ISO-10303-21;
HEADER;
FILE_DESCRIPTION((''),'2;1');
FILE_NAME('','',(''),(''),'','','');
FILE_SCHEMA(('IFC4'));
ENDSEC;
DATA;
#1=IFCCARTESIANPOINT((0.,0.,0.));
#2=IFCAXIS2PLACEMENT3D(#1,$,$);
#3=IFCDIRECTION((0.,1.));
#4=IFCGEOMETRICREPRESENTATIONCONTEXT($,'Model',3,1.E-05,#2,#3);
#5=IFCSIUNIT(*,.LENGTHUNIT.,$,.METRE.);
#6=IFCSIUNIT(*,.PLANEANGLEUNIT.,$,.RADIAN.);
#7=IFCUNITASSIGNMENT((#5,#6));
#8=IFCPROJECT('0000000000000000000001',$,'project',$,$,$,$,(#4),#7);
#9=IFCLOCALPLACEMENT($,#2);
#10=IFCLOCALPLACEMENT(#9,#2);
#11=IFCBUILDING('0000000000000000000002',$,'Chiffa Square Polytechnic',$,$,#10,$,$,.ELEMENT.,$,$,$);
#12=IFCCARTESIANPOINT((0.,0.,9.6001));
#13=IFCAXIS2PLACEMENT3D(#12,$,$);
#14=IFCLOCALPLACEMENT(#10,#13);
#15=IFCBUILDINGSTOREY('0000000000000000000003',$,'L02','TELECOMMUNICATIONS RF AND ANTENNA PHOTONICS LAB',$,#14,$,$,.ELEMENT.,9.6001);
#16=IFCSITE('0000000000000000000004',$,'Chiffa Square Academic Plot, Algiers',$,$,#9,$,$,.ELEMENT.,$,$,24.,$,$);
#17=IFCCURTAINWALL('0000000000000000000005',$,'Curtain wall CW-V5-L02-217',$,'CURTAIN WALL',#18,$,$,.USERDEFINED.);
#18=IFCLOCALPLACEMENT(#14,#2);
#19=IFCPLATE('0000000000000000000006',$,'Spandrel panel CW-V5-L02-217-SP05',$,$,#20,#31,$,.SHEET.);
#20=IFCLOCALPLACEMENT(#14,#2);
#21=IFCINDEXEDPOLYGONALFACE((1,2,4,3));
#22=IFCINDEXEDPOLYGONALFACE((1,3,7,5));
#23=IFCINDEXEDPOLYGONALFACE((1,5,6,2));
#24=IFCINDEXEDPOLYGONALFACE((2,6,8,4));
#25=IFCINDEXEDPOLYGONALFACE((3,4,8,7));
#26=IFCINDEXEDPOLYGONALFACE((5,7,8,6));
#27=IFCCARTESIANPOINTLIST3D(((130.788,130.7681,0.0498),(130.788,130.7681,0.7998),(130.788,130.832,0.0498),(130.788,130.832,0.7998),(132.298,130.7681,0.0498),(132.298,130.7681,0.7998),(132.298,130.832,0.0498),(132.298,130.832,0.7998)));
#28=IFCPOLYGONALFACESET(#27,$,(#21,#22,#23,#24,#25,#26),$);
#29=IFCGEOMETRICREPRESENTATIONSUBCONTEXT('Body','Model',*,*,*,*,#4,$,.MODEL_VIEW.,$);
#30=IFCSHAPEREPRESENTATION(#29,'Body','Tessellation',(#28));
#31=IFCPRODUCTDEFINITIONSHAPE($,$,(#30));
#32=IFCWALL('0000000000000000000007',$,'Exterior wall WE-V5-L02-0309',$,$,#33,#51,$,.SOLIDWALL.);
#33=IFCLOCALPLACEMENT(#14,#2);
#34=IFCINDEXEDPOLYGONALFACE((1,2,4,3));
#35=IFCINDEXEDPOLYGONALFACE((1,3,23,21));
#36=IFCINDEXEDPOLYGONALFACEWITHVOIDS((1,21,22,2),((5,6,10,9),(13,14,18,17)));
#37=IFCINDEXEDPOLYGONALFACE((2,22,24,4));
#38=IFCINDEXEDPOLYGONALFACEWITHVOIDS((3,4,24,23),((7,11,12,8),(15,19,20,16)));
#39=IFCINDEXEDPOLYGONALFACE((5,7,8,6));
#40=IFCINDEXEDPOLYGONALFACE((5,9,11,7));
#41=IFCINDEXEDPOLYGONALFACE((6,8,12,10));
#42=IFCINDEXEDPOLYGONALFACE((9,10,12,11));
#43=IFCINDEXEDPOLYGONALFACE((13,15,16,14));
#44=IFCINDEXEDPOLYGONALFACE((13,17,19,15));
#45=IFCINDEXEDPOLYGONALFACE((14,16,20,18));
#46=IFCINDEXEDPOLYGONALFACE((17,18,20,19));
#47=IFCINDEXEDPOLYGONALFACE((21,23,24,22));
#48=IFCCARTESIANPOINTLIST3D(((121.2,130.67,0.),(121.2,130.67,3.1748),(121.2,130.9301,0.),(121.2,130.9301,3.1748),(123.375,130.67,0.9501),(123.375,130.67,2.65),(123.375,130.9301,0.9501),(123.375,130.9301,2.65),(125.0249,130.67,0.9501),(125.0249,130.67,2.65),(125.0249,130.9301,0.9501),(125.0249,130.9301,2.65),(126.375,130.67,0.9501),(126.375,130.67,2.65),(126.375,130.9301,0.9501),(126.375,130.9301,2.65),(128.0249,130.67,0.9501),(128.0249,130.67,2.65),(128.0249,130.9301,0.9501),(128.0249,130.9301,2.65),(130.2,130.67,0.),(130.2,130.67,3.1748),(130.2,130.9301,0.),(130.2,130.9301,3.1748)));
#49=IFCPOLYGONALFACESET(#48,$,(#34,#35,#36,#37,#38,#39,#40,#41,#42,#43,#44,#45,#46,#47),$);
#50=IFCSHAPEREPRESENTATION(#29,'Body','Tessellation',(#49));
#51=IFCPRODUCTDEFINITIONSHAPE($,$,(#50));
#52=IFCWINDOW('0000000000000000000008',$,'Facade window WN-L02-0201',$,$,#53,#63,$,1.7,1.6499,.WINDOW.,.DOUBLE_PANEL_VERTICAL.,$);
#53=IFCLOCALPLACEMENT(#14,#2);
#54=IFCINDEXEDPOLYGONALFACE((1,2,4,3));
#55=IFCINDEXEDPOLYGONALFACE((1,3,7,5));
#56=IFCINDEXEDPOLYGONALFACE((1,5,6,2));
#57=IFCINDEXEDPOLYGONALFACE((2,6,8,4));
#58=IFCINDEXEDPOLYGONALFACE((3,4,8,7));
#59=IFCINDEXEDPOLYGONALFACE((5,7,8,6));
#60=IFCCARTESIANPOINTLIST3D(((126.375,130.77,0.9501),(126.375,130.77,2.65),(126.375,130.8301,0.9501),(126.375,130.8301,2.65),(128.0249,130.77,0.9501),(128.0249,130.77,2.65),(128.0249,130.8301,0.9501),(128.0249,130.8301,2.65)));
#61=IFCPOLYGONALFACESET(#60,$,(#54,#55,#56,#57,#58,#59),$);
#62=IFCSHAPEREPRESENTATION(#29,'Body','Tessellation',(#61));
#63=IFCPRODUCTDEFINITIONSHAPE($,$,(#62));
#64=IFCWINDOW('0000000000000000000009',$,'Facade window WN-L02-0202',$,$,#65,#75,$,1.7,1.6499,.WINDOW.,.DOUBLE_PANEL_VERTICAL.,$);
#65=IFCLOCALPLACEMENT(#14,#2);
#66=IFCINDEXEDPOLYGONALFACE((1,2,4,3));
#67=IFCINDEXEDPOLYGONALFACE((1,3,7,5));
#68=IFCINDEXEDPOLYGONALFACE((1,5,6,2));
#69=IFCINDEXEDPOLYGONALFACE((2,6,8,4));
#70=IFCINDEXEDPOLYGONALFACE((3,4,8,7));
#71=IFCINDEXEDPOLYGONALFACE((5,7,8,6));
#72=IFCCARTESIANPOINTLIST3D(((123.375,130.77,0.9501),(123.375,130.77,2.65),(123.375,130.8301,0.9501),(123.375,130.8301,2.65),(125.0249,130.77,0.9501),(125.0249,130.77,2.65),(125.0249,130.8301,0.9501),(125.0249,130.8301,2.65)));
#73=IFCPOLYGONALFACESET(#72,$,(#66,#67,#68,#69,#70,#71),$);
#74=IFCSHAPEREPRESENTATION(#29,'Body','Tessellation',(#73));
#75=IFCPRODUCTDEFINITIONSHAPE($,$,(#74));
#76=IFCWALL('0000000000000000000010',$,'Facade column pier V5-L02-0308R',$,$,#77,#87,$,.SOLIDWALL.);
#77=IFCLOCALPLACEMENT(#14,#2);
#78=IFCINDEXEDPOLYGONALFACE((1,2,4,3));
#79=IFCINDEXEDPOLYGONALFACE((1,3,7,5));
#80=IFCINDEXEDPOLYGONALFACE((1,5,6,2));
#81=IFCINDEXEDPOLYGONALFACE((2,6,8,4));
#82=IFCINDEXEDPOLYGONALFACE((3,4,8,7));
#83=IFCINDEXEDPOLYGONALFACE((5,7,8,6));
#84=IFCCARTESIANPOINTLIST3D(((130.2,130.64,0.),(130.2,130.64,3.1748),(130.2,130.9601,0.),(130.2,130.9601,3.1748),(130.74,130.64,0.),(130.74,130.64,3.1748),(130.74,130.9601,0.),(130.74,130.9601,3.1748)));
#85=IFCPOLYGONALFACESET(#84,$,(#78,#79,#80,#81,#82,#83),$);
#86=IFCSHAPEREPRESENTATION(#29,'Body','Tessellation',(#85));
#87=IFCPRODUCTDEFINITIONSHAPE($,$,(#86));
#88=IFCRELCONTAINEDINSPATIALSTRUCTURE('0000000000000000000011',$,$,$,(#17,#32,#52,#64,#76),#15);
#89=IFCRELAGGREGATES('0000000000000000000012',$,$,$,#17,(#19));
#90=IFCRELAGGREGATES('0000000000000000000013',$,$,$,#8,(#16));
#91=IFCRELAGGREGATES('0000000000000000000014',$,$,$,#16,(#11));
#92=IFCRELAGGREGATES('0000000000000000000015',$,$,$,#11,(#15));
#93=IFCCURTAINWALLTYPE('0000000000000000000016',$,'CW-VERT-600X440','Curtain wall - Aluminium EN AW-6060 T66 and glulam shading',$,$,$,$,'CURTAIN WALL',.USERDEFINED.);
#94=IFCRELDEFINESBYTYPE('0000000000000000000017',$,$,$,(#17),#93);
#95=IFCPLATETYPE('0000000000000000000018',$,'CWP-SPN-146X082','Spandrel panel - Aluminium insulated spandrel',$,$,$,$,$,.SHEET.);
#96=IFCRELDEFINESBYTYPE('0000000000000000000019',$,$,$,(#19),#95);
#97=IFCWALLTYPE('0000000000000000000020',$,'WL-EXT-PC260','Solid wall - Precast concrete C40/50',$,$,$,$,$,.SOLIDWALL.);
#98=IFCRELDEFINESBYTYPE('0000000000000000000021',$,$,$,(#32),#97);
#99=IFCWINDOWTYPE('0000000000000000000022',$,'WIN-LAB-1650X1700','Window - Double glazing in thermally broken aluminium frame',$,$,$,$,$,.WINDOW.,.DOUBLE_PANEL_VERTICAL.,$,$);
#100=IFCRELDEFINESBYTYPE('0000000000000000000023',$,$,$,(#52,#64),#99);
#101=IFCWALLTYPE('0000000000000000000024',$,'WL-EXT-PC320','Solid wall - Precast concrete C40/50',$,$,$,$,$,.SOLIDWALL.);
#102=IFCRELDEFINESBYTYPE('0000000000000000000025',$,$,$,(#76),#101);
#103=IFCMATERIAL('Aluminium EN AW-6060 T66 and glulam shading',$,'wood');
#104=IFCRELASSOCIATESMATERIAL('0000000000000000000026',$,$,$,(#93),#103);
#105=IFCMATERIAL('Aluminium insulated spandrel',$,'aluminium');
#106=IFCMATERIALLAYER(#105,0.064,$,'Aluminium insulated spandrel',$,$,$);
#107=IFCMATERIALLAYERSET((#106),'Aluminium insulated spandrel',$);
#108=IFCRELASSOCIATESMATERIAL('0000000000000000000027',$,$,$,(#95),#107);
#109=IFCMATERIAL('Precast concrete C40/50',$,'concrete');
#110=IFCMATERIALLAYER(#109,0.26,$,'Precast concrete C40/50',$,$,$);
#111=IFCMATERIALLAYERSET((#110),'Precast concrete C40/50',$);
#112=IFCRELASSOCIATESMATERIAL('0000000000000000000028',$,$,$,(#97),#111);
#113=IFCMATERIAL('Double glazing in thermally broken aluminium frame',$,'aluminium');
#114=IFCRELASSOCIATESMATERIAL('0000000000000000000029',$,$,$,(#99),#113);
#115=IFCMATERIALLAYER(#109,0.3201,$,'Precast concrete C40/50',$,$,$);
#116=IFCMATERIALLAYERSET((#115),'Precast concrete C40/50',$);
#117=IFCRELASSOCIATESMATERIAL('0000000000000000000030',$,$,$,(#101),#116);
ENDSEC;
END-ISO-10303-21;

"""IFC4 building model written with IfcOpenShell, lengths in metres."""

from ifc_helpers import new_model, si_unit, direction, frame, frame_2d, origin, origin_2d, place, context, subcontext, project, spatial, rectangle, extrude, material, layer, layer_set, type_object, element, fill, aggregate, save


model = new_model("IFC4")

# Units and contexts
model_context = context("Model", 3, precision=1e-05, world=origin(), true_north=direction((0.0, 1.0)))
body_context = subcontext(model_context, "Body", "Model", "MODEL_VIEW")
ifc_project = project(units=[si_unit("LENGTHUNIT", "METRE"), si_unit("PLANEANGLEUNIT", "RADIAN")], contexts=[model_context])

# Site, building, storey
site_placement = place(None, origin())
site = spatial("IfcSite", under=ifc_project, at=site_placement, Name="Chiffa Square Academic Plot, Algiers", CompositionType="ELEMENT", RefElevation=24.0)
building_placement = place(site_placement, origin())
building = spatial("IfcBuilding", under=site, at=building_placement, Name="Chiffa Square Polytechnic", CompositionType="ELEMENT")
storey_placement = place(building_placement, frame((0.0, 0.0, 9.6001)))
storey = spatial("IfcBuildingStorey", under=building, at=storey_placement, Name="L02", Description="TELECOMMUNICATIONS RF AND ANTENNA PHOTONICS LAB", CompositionType="ELEMENT", Elevation=9.6001)

# Curtain wall, plate
ifc_material_1 = material(Name="Aluminium EN AW-6060 T66 and glulam shading", Category="wood")
curtain_wall_type = type_object("IfcCurtainWallType", Name="CW-VERT-600X440", Description="Curtain wall - Aluminium EN AW-6060 T66 and glulam shading", ElementType="CURTAIN WALL", PredefinedType="USERDEFINED", material=ifc_material_1)
curtain_wall_placement = place(storey_placement, origin())
curtain_wall = element("IfcCurtainWall", 1, at=curtain_wall_placement, inside=storey, type_object=curtain_wall_type, Name="Curtain wall CW-V5-L02-217", ObjectType="CURTAIN WALL", PredefinedType="USERDEFINED")
ifc_material_2 = material(Name="Aluminium insulated spandrel", Category="aluminium")
ifc_layer_1 = layer(ifc_material_2, 0.064, Name="Aluminium insulated spandrel")
ifc_layer_set_1 = layer_set([ifc_layer_1], Name="Aluminium insulated spandrel")
plate_type_1 = type_object("IfcPlateType", Name="CWP-SPN-146X082", Description="Spandrel panel - Aluminium insulated spandrel", PredefinedType="SHEET", material=ifc_layer_set_1)
plate_1_placement = place(storey_placement, frame((131.543, 130.8, 0.0498), z_axis=(0.0, 0.0, 1.0), x_axis=(-1.0, 0.0, 0.0)))
plate_1 = element("IfcPlate", 2, at=plate_1_placement, type_object=plate_type_1, Name="Spandrel panel CW-V5-L02-217-SP05", PredefinedType="SHEET", context=body_context, shape_type="SweptSolid", body=[
    extrude(rectangle(XDim=1.51, YDim=0.064, at=origin_2d()), origin(), (0.0, 0.0, 1.0), 0.75),
])
aggregate(curtain_wall, [plate_1])

# Wall, openings, windows
ifc_material_3 = material(Name="Precast concrete C40/50", Category="concrete")
ifc_layer_2 = layer(ifc_material_3, 0.26, Name="Precast concrete C40/50")
ifc_layer_set_2 = layer_set([ifc_layer_2], Name="Precast concrete C40/50")
wall_type_1 = type_object("IfcWallType", Name="WL-EXT-PC260", Description="Solid wall - Precast concrete C40/50", PredefinedType="SOLIDWALL", material=ifc_layer_set_2)
wall_1_placement = place(storey_placement, frame((130.2, 130.8, 0.0), z_axis=(0.0, 0.0, 1.0), x_axis=(-1.0, 0.0, 0.0)))
wall_1 = element("IfcWall", 3, at=wall_1_placement, inside=storey, type_object=wall_type_1, Name="Exterior wall WE-V5-L02-0309", PredefinedType="SOLIDWALL", context=body_context, shape_type="SweptSolid", body=[
    extrude(rectangle(XDim=9.0, YDim=0.26, at=frame_2d((4.5, 0.0))), origin(), (0.0, 0.0, 1.0), 3.1748),
])
opening_1_placement = place(wall_1_placement, frame((2.175, 0.0, 0.95)))
opening_1 = element("IfcOpeningElement", 4, at=opening_1_placement, cuts=wall_1, PredefinedType="OPENING", context=body_context, shape_type="SweptSolid", body=[
    extrude(rectangle(XDim=1.6499, YDim=1.7, at=frame_2d((0.825, 0.8501))), frame((0.0, 0.1401, 0.0), z_axis=(0.0, -1.0, 0.0), x_axis=(1.0, 0.0, 0.0)), (0.0, 0.0, 1.0), 0.28),
])
opening_2_placement = place(wall_1_placement, frame((5.175, 0.0, 0.95)))
opening_2 = element("IfcOpeningElement", 5, at=opening_2_placement, cuts=wall_1, PredefinedType="OPENING", context=body_context, shape_type="SweptSolid", body=[
    extrude(rectangle(XDim=1.6499, YDim=1.7, at=frame_2d((0.825, 0.8501))), frame((0.0, 0.1401, 0.0), z_axis=(0.0, -1.0, 0.0), x_axis=(1.0, 0.0, 0.0)), (0.0, 0.0, 1.0), 0.28),
])
ifc_material_4 = material(Name="Double glazing in thermally broken aluminium frame", Category="aluminium")
window_type = type_object("IfcWindowType", Name="WIN-LAB-1650X1700", Description="Window - Double glazing in thermally broken aluminium frame", PartitioningType="DOUBLE_PANEL_VERTICAL", PredefinedType="WINDOW", material=ifc_material_4)
window_1_placement = place(opening_1_placement, origin())
window_1 = element("IfcWindow", 6, at=window_1_placement, inside=storey, type_object=window_type, Name="Facade window WN-L02-0201", OverallHeight=1.7, OverallWidth=1.6499, PartitioningType="DOUBLE_PANEL_VERTICAL", PredefinedType="WINDOW", context=body_context, shape_type="SweptSolid", body=[
    extrude(rectangle(XDim=1.6499, YDim=1.7, at=frame_2d((0.825, 0.8501))), frame((0.0, 0.03, 0.0), z_axis=(0.0, -1.0, 0.0), x_axis=(1.0, 0.0, 0.0)), (0.0, 0.0, 1.0), 0.0601),
])
fill(opening_1, window_1)
window_2_placement = place(opening_2_placement, origin())
window_2 = element("IfcWindow", 7, at=window_2_placement, inside=storey, type_object=window_type, Name="Facade window WN-L02-0202", OverallHeight=1.7, OverallWidth=1.6499, PartitioningType="DOUBLE_PANEL_VERTICAL", PredefinedType="WINDOW", context=body_context, shape_type="SweptSolid", body=[
    extrude(rectangle(XDim=1.6499, YDim=1.7, at=frame_2d((0.825, 0.8501))), frame((0.0, 0.03, 0.0), z_axis=(0.0, -1.0, 0.0), x_axis=(1.0, 0.0, 0.0)), (0.0, 0.0, 1.0), 0.0601),
])
fill(opening_2, window_2)

# Wall
ifc_layer_3 = layer(ifc_material_3, 0.3201, Name="Precast concrete C40/50")
ifc_layer_set_3 = layer_set([ifc_layer_3], Name="Precast concrete C40/50")
wall_type_2 = type_object("IfcWallType", Name="WL-EXT-PC320", Description="Solid wall - Precast concrete C40/50", PredefinedType="SOLIDWALL", material=ifc_layer_set_3)
wall_2_placement = place(storey_placement, frame((130.74, 130.8, 0.0), z_axis=(0.0, 0.0, 1.0), x_axis=(-1.0, 0.0, 0.0)))
element("IfcWall", 8, at=wall_2_placement, inside=storey, type_object=wall_type_2, Name="Facade column pier V5-L02-0308R", PredefinedType="SOLIDWALL", context=body_context, shape_type="SweptSolid", body=[
    extrude(rectangle(XDim=0.54, YDim=0.3201, at=frame_2d((0.27, 0.0))), origin(), (0.0, 0.0, 1.0), 3.1748),
])

save(model, "model.ifc")
